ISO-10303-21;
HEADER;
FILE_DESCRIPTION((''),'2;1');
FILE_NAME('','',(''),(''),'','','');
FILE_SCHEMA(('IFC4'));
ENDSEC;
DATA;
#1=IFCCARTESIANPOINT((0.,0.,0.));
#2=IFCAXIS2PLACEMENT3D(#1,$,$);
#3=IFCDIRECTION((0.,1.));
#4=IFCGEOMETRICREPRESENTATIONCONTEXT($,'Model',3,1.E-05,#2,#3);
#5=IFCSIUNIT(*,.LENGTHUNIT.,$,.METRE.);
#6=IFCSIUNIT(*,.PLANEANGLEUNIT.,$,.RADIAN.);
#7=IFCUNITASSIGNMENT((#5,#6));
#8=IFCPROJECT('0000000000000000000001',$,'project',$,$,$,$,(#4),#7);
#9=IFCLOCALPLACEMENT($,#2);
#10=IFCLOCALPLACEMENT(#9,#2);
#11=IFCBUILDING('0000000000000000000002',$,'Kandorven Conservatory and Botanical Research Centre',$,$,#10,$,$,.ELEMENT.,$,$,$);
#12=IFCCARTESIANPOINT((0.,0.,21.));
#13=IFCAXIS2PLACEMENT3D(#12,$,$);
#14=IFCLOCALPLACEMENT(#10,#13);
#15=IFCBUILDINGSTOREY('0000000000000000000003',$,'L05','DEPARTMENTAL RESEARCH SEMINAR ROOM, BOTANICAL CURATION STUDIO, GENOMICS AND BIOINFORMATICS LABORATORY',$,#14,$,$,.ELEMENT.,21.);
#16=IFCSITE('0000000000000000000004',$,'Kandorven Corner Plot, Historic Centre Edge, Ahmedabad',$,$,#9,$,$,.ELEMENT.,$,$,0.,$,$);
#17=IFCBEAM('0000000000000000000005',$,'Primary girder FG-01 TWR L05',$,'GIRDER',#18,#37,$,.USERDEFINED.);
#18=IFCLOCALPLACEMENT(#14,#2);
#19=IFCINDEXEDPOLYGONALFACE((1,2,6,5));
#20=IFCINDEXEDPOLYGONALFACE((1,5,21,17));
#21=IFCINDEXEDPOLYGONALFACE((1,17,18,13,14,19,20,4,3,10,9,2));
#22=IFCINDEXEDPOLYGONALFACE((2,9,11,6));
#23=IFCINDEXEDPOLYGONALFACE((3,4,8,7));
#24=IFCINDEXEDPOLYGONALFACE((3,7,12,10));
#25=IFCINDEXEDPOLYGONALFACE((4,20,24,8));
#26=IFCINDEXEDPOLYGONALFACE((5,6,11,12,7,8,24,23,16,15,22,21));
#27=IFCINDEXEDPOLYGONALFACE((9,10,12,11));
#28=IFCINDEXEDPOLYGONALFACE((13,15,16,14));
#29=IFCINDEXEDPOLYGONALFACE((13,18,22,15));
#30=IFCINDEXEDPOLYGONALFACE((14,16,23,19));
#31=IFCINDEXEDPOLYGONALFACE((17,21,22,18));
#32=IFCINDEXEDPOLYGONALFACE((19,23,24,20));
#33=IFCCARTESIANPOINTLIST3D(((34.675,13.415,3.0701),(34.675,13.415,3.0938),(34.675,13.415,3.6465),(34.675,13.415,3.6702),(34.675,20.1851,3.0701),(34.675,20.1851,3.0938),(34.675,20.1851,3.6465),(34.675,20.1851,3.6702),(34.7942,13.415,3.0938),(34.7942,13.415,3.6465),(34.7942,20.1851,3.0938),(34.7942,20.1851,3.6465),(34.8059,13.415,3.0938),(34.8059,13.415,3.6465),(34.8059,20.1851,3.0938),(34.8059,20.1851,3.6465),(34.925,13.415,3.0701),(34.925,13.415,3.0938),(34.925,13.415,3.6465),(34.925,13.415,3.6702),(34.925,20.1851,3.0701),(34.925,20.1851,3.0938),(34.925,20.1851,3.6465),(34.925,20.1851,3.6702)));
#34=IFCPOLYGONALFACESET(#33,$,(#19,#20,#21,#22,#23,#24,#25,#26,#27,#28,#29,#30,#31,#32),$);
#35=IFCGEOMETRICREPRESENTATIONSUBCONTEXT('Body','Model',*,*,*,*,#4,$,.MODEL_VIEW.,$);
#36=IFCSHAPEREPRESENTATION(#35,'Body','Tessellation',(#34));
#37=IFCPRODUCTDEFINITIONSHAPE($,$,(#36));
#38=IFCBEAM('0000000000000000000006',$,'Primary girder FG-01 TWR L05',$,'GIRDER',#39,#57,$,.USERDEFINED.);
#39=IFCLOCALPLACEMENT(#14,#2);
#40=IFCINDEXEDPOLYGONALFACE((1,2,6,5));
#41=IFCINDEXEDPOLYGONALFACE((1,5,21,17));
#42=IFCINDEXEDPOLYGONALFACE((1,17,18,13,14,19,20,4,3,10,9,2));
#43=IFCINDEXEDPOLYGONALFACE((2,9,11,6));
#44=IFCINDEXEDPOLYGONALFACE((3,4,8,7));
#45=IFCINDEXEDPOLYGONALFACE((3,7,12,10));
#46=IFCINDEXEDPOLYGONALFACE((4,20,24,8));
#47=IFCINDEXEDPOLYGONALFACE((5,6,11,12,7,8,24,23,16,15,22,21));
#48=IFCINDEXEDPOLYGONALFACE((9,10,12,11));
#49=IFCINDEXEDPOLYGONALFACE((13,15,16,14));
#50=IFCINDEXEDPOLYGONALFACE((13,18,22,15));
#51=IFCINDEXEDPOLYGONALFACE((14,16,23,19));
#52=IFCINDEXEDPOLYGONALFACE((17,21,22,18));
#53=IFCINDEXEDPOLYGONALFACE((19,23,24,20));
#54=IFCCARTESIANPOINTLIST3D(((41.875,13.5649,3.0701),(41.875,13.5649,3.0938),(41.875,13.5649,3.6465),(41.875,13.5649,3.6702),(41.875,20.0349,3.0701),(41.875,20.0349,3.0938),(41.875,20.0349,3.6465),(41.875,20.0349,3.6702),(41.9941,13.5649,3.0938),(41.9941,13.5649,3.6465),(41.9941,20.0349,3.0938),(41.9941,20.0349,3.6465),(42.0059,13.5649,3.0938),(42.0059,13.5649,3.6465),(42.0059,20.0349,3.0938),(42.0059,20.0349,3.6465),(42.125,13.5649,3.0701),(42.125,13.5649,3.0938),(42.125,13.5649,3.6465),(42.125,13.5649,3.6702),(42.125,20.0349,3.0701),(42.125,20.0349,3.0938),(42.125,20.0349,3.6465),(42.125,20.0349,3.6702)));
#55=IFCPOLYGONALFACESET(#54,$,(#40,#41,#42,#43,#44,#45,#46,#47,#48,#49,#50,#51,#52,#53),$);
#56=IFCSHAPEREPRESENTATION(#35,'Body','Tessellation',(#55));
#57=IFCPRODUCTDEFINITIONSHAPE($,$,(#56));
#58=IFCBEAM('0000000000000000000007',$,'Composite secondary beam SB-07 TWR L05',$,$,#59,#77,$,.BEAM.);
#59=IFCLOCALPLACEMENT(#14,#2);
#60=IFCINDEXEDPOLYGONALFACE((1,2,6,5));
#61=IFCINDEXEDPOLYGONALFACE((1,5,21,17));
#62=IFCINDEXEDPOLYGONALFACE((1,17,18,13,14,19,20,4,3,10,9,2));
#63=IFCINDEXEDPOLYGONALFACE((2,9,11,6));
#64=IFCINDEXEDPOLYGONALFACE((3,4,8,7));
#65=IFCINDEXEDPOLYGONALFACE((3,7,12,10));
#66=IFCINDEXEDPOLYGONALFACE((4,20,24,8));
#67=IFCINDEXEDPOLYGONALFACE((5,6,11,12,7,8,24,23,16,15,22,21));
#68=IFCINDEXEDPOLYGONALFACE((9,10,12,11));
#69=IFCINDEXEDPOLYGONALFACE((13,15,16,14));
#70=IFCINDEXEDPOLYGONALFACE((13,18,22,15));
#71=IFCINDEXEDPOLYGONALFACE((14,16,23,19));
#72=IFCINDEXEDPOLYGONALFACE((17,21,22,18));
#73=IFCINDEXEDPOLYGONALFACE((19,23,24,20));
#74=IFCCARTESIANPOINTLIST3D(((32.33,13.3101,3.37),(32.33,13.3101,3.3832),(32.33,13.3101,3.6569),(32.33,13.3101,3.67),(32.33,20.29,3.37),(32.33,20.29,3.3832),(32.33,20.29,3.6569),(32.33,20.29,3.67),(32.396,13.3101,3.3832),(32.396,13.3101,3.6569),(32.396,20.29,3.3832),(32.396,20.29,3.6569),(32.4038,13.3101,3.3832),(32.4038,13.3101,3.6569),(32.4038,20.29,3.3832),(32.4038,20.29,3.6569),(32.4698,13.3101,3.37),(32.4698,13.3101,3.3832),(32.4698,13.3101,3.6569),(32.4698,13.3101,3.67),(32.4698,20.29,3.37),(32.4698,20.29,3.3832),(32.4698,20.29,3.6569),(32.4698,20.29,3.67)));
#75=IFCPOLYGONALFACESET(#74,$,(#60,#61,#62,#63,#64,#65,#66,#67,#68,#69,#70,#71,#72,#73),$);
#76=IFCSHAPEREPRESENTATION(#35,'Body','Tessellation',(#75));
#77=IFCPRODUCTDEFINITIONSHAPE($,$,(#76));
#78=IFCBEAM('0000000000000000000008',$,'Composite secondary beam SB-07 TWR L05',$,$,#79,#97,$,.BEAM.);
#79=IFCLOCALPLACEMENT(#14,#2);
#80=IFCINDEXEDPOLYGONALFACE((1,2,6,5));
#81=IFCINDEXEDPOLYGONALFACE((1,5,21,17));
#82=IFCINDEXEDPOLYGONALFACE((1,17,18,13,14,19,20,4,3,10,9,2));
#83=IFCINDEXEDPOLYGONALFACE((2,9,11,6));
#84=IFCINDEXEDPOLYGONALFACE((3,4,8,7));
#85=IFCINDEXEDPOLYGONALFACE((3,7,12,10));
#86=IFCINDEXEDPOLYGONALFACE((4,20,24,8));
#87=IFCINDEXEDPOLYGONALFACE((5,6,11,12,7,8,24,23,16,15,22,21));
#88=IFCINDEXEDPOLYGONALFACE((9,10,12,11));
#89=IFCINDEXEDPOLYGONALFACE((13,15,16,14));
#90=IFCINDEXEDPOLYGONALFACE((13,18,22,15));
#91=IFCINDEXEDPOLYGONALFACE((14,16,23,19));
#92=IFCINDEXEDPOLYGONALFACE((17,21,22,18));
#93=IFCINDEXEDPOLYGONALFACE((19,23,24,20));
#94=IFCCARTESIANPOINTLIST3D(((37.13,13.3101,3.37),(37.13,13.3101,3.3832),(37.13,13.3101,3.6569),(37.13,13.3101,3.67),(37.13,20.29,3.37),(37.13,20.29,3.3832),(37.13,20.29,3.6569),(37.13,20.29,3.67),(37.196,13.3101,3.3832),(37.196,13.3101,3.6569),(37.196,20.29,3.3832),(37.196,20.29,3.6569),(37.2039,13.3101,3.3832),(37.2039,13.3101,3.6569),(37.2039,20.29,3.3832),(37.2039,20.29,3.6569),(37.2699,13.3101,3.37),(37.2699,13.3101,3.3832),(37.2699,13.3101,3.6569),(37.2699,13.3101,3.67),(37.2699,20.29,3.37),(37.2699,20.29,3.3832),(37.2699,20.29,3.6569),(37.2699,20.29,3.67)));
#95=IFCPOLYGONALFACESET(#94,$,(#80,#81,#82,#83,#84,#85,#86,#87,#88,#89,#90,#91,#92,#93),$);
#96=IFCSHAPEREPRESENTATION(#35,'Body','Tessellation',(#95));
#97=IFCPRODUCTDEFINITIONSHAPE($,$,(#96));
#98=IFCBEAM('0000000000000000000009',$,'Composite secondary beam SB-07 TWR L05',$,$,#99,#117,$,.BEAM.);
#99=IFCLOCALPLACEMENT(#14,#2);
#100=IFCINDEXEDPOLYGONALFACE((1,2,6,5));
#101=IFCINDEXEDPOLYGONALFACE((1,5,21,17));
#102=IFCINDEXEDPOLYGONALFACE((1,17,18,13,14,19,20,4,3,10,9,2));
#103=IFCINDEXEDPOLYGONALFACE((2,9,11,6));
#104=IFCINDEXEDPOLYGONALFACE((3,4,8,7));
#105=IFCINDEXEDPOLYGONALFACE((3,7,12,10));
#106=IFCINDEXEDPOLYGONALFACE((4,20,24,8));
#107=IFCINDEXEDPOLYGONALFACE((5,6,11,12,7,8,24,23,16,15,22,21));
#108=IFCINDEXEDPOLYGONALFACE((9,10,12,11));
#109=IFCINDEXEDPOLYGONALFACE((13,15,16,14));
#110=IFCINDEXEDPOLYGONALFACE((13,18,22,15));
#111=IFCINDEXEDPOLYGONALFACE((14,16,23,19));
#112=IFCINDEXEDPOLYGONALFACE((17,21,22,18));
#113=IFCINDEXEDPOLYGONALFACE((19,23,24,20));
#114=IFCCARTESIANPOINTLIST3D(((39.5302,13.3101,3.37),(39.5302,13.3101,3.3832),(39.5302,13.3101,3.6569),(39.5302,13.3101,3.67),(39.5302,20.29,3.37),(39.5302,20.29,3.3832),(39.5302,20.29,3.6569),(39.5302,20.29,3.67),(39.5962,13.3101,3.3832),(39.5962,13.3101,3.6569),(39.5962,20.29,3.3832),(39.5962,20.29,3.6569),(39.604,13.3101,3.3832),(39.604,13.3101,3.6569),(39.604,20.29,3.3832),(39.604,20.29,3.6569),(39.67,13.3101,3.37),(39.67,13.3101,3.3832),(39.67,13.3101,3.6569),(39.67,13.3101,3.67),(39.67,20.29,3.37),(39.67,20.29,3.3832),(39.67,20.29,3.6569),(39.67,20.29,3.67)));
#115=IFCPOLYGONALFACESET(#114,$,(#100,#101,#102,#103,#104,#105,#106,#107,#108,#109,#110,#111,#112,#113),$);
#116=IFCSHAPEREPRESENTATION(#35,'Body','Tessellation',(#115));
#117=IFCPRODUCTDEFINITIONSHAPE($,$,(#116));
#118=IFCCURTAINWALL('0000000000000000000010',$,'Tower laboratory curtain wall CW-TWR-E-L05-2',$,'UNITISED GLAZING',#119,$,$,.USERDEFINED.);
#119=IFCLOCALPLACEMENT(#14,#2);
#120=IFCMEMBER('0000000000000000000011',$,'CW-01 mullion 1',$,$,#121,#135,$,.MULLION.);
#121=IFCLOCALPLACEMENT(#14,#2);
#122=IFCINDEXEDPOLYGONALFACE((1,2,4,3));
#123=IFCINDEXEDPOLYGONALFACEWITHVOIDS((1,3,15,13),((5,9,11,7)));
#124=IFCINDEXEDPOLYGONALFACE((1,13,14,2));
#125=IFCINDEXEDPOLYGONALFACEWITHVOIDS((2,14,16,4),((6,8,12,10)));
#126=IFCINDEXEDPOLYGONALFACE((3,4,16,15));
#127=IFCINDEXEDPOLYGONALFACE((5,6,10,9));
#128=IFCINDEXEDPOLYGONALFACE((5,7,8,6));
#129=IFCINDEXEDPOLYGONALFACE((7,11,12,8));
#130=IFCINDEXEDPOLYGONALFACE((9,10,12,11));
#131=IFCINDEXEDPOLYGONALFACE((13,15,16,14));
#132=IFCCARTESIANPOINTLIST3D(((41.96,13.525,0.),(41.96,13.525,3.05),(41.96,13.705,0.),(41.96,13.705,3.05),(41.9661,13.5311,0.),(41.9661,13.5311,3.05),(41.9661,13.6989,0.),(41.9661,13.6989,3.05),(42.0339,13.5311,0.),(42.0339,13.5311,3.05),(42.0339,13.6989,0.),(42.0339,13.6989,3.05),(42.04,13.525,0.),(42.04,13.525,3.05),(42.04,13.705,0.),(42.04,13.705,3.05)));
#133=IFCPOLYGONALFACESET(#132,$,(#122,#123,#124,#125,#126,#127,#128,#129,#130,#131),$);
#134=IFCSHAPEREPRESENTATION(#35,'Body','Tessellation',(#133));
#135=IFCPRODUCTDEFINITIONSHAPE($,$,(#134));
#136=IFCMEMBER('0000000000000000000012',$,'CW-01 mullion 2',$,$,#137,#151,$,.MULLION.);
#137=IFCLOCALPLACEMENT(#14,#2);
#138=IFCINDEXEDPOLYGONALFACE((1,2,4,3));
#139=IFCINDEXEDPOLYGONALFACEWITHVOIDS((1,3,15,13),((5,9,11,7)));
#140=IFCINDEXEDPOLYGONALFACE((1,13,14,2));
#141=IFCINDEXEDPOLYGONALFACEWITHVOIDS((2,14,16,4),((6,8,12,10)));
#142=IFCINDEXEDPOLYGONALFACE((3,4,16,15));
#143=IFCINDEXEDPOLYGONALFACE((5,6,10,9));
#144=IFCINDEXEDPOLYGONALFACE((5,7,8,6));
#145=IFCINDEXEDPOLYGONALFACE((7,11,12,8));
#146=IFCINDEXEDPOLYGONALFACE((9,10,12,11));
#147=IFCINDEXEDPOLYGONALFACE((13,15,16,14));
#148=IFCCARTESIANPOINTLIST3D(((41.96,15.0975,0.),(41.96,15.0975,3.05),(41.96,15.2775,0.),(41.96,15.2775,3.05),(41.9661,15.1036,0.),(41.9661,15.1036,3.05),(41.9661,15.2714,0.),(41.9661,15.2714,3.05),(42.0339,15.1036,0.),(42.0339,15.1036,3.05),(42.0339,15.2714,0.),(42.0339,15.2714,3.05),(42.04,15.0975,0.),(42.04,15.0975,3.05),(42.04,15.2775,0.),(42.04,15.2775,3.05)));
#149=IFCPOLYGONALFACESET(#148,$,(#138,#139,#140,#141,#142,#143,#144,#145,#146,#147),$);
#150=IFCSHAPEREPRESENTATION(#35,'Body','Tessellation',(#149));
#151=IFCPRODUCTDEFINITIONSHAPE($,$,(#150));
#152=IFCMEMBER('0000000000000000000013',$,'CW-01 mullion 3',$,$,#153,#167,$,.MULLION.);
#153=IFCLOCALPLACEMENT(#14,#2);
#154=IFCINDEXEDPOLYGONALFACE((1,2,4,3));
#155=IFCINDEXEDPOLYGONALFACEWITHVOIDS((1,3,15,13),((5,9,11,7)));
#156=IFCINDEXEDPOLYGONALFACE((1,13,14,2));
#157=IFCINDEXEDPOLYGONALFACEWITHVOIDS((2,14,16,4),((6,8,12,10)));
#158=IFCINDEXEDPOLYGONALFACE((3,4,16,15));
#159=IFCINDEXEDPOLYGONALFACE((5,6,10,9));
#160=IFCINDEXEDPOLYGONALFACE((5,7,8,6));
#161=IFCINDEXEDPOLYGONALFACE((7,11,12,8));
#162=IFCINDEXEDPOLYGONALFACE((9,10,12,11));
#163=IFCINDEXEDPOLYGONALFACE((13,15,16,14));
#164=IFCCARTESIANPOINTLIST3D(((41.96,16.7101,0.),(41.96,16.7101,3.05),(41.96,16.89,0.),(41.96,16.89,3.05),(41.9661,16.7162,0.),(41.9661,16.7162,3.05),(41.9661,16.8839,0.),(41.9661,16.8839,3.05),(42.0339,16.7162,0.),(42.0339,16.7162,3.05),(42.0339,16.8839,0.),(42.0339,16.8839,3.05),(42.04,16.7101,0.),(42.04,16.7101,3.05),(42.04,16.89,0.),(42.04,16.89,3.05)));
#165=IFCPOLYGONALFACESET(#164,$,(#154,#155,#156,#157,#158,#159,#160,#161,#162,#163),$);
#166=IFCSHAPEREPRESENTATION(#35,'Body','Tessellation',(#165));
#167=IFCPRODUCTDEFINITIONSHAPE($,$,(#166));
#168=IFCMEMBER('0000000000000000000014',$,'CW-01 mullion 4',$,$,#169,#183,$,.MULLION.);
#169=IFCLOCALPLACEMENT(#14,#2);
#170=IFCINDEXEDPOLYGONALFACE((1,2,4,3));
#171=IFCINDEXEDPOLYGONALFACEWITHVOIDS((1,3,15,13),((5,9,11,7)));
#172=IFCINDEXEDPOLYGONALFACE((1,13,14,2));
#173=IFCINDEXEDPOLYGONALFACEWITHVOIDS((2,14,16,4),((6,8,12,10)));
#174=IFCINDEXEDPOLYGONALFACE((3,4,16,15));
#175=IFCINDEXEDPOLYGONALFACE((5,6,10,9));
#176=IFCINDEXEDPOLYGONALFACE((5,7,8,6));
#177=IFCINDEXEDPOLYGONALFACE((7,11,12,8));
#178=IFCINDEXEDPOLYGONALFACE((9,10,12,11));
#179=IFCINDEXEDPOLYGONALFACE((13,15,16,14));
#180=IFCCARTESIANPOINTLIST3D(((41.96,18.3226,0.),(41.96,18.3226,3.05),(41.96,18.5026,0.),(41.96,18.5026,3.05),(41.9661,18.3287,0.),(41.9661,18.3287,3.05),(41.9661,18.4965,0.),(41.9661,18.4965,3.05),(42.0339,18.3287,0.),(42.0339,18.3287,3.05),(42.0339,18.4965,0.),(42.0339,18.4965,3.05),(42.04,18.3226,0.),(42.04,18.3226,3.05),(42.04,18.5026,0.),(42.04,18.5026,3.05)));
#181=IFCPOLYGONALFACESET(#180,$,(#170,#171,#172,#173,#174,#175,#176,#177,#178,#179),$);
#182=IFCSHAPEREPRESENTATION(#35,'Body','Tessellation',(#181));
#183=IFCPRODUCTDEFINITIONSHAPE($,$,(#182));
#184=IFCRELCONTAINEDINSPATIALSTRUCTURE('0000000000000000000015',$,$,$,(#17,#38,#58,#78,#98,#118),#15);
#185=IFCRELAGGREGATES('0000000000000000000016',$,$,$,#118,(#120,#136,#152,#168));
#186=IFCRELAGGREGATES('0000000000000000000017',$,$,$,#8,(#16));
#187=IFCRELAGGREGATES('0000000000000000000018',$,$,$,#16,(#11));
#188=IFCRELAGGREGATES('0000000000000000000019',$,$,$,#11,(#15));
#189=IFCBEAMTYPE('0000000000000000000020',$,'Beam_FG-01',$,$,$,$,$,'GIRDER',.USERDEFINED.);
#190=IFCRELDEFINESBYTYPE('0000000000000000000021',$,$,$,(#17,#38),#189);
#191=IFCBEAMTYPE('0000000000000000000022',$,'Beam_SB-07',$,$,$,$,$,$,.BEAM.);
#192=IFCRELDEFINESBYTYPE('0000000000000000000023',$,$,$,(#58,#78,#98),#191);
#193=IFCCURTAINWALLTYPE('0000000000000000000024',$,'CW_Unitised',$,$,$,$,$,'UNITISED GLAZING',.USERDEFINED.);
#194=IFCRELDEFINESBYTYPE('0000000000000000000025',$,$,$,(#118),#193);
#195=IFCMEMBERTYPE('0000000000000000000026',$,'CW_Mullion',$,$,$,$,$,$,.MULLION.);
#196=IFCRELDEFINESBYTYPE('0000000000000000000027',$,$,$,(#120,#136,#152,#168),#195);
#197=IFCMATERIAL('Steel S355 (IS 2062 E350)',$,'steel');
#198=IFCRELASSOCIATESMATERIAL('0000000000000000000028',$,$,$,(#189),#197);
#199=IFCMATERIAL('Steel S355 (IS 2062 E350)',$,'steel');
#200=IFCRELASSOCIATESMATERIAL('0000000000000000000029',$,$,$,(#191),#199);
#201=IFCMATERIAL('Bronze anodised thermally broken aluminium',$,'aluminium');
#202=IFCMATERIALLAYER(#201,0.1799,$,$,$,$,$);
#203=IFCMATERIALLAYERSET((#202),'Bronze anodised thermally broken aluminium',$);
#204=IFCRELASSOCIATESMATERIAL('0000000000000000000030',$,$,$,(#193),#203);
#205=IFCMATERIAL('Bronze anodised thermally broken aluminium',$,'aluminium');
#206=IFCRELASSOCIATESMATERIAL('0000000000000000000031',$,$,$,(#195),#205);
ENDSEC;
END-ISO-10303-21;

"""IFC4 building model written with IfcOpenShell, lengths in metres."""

from ifc_helpers import new_model, si_unit, direction, frame, origin, origin_2d, place, context, subcontext, project, spatial, hollow_rectangle, i_section, extrude, material, layer, layer_set, material_profile, profile_set, type_object, element, aggregate, save


model = new_model("IFC4")

# Units and contexts
model_context = context("Model", 3, precision=1e-05, world=origin(), true_north=direction((0.0, 1.0)))
body_context = subcontext(model_context, "Body", "Model", "MODEL_VIEW")
ifc_project = project(units=[si_unit("LENGTHUNIT", "METRE"), si_unit("PLANEANGLEUNIT", "RADIAN")], contexts=[model_context])

# Site, building, storey
site_placement = place(None, origin())
site = spatial("IfcSite", under=ifc_project, at=site_placement, Name="Kandorven Corner Plot, Historic Centre Edge, Ahmedabad", CompositionType="ELEMENT", RefElevation=0.0)
building_placement = place(site_placement, origin())
building = spatial("IfcBuilding", under=site, at=building_placement, Name="Kandorven Conservatory and Botanical Research Centre", CompositionType="ELEMENT")
storey_placement = place(building_placement, frame((0.0, 0.0, 21.0)))
storey = spatial("IfcBuildingStorey", under=building, at=storey_placement, Name="L05", Description="DEPARTMENTAL RESEARCH SEMINAR ROOM, BOTANICAL CURATION STUDIO, GENOMICS AND BIOINFORMATICS LABORATORY", CompositionType="ELEMENT", Elevation=21.0)

# Beams
ifc_material_1 = material(Name="Steel S355 (IS 2062 E350)", Category="steel")
ifc_material_profile_1 = material_profile(ifc_material_1, i_section(OverallWidth=0.25, OverallDepth=0.6001, WebThickness=0.0117, FlangeThickness=0.0237, at=origin_2d()))
ifc_profile_set_1 = profile_set([ifc_material_profile_1], Name="Steel S355 (IS 2062 E350)")
beam_type_1 = type_object("IfcBeamType", Name="Beam_FG-01", ElementType="GIRDER", PredefinedType="USERDEFINED", material=ifc_profile_set_1)
beam_1_placement = place(storey_placement, frame((34.8, 13.415, 3.3701), z_axis=(0.0, 1.0, 0.0), x_axis=(-1.0, 0.0, 0.0)))
element("IfcBeam", 1, at=beam_1_placement, inside=storey, type_object=beam_type_1, Name="Primary girder FG-01 TWR L05", ObjectType="GIRDER", PredefinedType="USERDEFINED", context=body_context, shape_type="SweptSolid", body=[
    extrude(i_section(OverallWidth=0.25, OverallDepth=0.6001, WebThickness=0.0117, FlangeThickness=0.0237, at=origin_2d()), origin(), (0.0, 0.0, 1.0), 6.77),
])
beam_2_placement = place(storey_placement, frame((42.0, 13.5649, 3.3701), z_axis=(0.0, 1.0, 0.0), x_axis=(-1.0, 0.0, 0.0)))
element("IfcBeam", 2, at=beam_2_placement, inside=storey, type_object=beam_type_1, Name="Primary girder FG-01 TWR L05", ObjectType="GIRDER", PredefinedType="USERDEFINED", context=body_context, shape_type="SweptSolid", body=[
    extrude(i_section(OverallWidth=0.25, OverallDepth=0.6001, WebThickness=0.0117, FlangeThickness=0.0237, at=origin_2d()), origin(), (0.0, 0.0, 1.0), 6.47),
])
ifc_material_2 = material(Name="Steel S355 (IS 2062 E350)", Category="steel")
ifc_material_profile_2 = material_profile(ifc_material_2, i_section(OverallWidth=0.1399, OverallDepth=0.3, WebThickness=0.0078, FlangeThickness=0.0132, at=origin_2d()))
ifc_profile_set_2 = profile_set([ifc_material_profile_2], Name="Steel S355 (IS 2062 E350)")
beam_type_2 = type_object("IfcBeamType", Name="Beam_SB-07", PredefinedType="BEAM", material=ifc_profile_set_2)
for number, where, z_axis, x_axis, name in (
    (3, (32.3999, 13.3101, 3.52), (0.0, 1.0, 0.0), (-1.0, 0.0, 0.0), "Composite secondary beam SB-07 TWR L05"),
    (4, (37.2, 13.3101, 3.52), (0.0, 1.0, 0.0), (-1.0, 0.0, 0.0), "Composite secondary beam SB-07 TWR L05"),
    (5, (39.6001, 13.3101, 3.52), (0.0, 1.0, 0.0), (-1.0, 0.0, 0.0), "Composite secondary beam SB-07 TWR L05"),
):
    element("IfcBeam", number, at=place(storey_placement, frame(where, z_axis=z_axis, x_axis=x_axis)), inside=storey, type_object=beam_type_2, Name=name, PredefinedType="BEAM", context=body_context, shape_type="SweptSolid", body=[
        extrude(i_section(OverallWidth=0.1399, OverallDepth=0.3, WebThickness=0.0078, FlangeThickness=0.0132, at=origin_2d()), origin(), (0.0, 0.0, 1.0), 6.98),
    ])

# Curtain wall, members
ifc_material_3 = material(Name="Bronze anodised thermally broken aluminium", Category="aluminium")
ifc_layer_1 = layer(ifc_material_3, 0.1799)
ifc_layer_set_1 = layer_set([ifc_layer_1], Name="Bronze anodised thermally broken aluminium")
curtain_wall_type = type_object("IfcCurtainWallType", Name="CW_Unitised", ElementType="UNITISED GLAZING", PredefinedType="USERDEFINED", material=ifc_layer_set_1)
curtain_wall_placement = place(storey_placement, origin())
curtain_wall = element("IfcCurtainWall", 6, at=curtain_wall_placement, inside=storey, type_object=curtain_wall_type, Name="Tower laboratory curtain wall CW-TWR-E-L05-2", ObjectType="UNITISED GLAZING", PredefinedType="USERDEFINED")
ifc_material_4 = material(Name="Bronze anodised thermally broken aluminium", Category="aluminium")
ifc_material_profile_3 = material_profile(ifc_material_4, hollow_rectangle(XDim=0.0801, YDim=0.1799, WallThickness=0.0061, at=origin_2d()))
ifc_profile_set_3 = profile_set([ifc_material_profile_3], Name="Bronze anodised thermally broken aluminium")
member_type_1 = type_object("IfcMemberType", Name="CW_Mullion", PredefinedType="MULLION", material=ifc_profile_set_3)
member_1_placement = place(storey_placement, frame((42.0, 13.615, 0.0), z_axis=(0.0, 0.0, 1.0), x_axis=(-1.0, 0.0, 0.0)))
member_1 = element("IfcMember", 7, at=member_1_placement, type_object=member_type_1, Name="CW-01 mullion 1", PredefinedType="MULLION", context=body_context, shape_type="SweptSolid", body=[
    extrude(hollow_rectangle(XDim=0.0801, YDim=0.1799, WallThickness=0.0061, at=origin_2d()), origin(), (0.0, 0.0, 1.0), 3.05),
])
member_2_placement = place(storey_placement, frame((42.0, 15.1875, 0.0), z_axis=(0.0, 0.0, 1.0), x_axis=(-1.0, 0.0, 0.0)))
member_2 = element("IfcMember", 8, at=member_2_placement, type_object=member_type_1, Name="CW-01 mullion 2", PredefinedType="MULLION", context=body_context, shape_type="SweptSolid", body=[
    extrude(hollow_rectangle(XDim=0.0801, YDim=0.1799, WallThickness=0.0061, at=origin_2d()), origin(), (0.0, 0.0, 1.0), 3.05),
])
member_3_placement = place(storey_placement, frame((42.0, 16.8, 0.0), z_axis=(0.0, 0.0, 1.0), x_axis=(-1.0, 0.0, 0.0)))
member_3 = element("IfcMember", 9, at=member_3_placement, type_object=member_type_1, Name="CW-01 mullion 3", PredefinedType="MULLION", context=body_context, shape_type="SweptSolid", body=[
    extrude(hollow_rectangle(XDim=0.0801, YDim=0.1799, WallThickness=0.0061, at=origin_2d()), origin(), (0.0, 0.0, 1.0), 3.05),
])
member_4_placement = place(storey_placement, frame((42.0, 18.4126, 0.0), z_axis=(0.0, 0.0, 1.0), x_axis=(-1.0, 0.0, 0.0)))
member_4 = element("IfcMember", 10, at=member_4_placement, type_object=member_type_1, Name="CW-01 mullion 4", PredefinedType="MULLION", context=body_context, shape_type="SweptSolid", body=[
    extrude(hollow_rectangle(XDim=0.0801, YDim=0.1799, WallThickness=0.0061, at=origin_2d()), origin(), (0.0, 0.0, 1.0), 3.05),
])
aggregate(curtain_wall, [member_1, member_2, member_3, member_4])

save(model, "model.ifc")
